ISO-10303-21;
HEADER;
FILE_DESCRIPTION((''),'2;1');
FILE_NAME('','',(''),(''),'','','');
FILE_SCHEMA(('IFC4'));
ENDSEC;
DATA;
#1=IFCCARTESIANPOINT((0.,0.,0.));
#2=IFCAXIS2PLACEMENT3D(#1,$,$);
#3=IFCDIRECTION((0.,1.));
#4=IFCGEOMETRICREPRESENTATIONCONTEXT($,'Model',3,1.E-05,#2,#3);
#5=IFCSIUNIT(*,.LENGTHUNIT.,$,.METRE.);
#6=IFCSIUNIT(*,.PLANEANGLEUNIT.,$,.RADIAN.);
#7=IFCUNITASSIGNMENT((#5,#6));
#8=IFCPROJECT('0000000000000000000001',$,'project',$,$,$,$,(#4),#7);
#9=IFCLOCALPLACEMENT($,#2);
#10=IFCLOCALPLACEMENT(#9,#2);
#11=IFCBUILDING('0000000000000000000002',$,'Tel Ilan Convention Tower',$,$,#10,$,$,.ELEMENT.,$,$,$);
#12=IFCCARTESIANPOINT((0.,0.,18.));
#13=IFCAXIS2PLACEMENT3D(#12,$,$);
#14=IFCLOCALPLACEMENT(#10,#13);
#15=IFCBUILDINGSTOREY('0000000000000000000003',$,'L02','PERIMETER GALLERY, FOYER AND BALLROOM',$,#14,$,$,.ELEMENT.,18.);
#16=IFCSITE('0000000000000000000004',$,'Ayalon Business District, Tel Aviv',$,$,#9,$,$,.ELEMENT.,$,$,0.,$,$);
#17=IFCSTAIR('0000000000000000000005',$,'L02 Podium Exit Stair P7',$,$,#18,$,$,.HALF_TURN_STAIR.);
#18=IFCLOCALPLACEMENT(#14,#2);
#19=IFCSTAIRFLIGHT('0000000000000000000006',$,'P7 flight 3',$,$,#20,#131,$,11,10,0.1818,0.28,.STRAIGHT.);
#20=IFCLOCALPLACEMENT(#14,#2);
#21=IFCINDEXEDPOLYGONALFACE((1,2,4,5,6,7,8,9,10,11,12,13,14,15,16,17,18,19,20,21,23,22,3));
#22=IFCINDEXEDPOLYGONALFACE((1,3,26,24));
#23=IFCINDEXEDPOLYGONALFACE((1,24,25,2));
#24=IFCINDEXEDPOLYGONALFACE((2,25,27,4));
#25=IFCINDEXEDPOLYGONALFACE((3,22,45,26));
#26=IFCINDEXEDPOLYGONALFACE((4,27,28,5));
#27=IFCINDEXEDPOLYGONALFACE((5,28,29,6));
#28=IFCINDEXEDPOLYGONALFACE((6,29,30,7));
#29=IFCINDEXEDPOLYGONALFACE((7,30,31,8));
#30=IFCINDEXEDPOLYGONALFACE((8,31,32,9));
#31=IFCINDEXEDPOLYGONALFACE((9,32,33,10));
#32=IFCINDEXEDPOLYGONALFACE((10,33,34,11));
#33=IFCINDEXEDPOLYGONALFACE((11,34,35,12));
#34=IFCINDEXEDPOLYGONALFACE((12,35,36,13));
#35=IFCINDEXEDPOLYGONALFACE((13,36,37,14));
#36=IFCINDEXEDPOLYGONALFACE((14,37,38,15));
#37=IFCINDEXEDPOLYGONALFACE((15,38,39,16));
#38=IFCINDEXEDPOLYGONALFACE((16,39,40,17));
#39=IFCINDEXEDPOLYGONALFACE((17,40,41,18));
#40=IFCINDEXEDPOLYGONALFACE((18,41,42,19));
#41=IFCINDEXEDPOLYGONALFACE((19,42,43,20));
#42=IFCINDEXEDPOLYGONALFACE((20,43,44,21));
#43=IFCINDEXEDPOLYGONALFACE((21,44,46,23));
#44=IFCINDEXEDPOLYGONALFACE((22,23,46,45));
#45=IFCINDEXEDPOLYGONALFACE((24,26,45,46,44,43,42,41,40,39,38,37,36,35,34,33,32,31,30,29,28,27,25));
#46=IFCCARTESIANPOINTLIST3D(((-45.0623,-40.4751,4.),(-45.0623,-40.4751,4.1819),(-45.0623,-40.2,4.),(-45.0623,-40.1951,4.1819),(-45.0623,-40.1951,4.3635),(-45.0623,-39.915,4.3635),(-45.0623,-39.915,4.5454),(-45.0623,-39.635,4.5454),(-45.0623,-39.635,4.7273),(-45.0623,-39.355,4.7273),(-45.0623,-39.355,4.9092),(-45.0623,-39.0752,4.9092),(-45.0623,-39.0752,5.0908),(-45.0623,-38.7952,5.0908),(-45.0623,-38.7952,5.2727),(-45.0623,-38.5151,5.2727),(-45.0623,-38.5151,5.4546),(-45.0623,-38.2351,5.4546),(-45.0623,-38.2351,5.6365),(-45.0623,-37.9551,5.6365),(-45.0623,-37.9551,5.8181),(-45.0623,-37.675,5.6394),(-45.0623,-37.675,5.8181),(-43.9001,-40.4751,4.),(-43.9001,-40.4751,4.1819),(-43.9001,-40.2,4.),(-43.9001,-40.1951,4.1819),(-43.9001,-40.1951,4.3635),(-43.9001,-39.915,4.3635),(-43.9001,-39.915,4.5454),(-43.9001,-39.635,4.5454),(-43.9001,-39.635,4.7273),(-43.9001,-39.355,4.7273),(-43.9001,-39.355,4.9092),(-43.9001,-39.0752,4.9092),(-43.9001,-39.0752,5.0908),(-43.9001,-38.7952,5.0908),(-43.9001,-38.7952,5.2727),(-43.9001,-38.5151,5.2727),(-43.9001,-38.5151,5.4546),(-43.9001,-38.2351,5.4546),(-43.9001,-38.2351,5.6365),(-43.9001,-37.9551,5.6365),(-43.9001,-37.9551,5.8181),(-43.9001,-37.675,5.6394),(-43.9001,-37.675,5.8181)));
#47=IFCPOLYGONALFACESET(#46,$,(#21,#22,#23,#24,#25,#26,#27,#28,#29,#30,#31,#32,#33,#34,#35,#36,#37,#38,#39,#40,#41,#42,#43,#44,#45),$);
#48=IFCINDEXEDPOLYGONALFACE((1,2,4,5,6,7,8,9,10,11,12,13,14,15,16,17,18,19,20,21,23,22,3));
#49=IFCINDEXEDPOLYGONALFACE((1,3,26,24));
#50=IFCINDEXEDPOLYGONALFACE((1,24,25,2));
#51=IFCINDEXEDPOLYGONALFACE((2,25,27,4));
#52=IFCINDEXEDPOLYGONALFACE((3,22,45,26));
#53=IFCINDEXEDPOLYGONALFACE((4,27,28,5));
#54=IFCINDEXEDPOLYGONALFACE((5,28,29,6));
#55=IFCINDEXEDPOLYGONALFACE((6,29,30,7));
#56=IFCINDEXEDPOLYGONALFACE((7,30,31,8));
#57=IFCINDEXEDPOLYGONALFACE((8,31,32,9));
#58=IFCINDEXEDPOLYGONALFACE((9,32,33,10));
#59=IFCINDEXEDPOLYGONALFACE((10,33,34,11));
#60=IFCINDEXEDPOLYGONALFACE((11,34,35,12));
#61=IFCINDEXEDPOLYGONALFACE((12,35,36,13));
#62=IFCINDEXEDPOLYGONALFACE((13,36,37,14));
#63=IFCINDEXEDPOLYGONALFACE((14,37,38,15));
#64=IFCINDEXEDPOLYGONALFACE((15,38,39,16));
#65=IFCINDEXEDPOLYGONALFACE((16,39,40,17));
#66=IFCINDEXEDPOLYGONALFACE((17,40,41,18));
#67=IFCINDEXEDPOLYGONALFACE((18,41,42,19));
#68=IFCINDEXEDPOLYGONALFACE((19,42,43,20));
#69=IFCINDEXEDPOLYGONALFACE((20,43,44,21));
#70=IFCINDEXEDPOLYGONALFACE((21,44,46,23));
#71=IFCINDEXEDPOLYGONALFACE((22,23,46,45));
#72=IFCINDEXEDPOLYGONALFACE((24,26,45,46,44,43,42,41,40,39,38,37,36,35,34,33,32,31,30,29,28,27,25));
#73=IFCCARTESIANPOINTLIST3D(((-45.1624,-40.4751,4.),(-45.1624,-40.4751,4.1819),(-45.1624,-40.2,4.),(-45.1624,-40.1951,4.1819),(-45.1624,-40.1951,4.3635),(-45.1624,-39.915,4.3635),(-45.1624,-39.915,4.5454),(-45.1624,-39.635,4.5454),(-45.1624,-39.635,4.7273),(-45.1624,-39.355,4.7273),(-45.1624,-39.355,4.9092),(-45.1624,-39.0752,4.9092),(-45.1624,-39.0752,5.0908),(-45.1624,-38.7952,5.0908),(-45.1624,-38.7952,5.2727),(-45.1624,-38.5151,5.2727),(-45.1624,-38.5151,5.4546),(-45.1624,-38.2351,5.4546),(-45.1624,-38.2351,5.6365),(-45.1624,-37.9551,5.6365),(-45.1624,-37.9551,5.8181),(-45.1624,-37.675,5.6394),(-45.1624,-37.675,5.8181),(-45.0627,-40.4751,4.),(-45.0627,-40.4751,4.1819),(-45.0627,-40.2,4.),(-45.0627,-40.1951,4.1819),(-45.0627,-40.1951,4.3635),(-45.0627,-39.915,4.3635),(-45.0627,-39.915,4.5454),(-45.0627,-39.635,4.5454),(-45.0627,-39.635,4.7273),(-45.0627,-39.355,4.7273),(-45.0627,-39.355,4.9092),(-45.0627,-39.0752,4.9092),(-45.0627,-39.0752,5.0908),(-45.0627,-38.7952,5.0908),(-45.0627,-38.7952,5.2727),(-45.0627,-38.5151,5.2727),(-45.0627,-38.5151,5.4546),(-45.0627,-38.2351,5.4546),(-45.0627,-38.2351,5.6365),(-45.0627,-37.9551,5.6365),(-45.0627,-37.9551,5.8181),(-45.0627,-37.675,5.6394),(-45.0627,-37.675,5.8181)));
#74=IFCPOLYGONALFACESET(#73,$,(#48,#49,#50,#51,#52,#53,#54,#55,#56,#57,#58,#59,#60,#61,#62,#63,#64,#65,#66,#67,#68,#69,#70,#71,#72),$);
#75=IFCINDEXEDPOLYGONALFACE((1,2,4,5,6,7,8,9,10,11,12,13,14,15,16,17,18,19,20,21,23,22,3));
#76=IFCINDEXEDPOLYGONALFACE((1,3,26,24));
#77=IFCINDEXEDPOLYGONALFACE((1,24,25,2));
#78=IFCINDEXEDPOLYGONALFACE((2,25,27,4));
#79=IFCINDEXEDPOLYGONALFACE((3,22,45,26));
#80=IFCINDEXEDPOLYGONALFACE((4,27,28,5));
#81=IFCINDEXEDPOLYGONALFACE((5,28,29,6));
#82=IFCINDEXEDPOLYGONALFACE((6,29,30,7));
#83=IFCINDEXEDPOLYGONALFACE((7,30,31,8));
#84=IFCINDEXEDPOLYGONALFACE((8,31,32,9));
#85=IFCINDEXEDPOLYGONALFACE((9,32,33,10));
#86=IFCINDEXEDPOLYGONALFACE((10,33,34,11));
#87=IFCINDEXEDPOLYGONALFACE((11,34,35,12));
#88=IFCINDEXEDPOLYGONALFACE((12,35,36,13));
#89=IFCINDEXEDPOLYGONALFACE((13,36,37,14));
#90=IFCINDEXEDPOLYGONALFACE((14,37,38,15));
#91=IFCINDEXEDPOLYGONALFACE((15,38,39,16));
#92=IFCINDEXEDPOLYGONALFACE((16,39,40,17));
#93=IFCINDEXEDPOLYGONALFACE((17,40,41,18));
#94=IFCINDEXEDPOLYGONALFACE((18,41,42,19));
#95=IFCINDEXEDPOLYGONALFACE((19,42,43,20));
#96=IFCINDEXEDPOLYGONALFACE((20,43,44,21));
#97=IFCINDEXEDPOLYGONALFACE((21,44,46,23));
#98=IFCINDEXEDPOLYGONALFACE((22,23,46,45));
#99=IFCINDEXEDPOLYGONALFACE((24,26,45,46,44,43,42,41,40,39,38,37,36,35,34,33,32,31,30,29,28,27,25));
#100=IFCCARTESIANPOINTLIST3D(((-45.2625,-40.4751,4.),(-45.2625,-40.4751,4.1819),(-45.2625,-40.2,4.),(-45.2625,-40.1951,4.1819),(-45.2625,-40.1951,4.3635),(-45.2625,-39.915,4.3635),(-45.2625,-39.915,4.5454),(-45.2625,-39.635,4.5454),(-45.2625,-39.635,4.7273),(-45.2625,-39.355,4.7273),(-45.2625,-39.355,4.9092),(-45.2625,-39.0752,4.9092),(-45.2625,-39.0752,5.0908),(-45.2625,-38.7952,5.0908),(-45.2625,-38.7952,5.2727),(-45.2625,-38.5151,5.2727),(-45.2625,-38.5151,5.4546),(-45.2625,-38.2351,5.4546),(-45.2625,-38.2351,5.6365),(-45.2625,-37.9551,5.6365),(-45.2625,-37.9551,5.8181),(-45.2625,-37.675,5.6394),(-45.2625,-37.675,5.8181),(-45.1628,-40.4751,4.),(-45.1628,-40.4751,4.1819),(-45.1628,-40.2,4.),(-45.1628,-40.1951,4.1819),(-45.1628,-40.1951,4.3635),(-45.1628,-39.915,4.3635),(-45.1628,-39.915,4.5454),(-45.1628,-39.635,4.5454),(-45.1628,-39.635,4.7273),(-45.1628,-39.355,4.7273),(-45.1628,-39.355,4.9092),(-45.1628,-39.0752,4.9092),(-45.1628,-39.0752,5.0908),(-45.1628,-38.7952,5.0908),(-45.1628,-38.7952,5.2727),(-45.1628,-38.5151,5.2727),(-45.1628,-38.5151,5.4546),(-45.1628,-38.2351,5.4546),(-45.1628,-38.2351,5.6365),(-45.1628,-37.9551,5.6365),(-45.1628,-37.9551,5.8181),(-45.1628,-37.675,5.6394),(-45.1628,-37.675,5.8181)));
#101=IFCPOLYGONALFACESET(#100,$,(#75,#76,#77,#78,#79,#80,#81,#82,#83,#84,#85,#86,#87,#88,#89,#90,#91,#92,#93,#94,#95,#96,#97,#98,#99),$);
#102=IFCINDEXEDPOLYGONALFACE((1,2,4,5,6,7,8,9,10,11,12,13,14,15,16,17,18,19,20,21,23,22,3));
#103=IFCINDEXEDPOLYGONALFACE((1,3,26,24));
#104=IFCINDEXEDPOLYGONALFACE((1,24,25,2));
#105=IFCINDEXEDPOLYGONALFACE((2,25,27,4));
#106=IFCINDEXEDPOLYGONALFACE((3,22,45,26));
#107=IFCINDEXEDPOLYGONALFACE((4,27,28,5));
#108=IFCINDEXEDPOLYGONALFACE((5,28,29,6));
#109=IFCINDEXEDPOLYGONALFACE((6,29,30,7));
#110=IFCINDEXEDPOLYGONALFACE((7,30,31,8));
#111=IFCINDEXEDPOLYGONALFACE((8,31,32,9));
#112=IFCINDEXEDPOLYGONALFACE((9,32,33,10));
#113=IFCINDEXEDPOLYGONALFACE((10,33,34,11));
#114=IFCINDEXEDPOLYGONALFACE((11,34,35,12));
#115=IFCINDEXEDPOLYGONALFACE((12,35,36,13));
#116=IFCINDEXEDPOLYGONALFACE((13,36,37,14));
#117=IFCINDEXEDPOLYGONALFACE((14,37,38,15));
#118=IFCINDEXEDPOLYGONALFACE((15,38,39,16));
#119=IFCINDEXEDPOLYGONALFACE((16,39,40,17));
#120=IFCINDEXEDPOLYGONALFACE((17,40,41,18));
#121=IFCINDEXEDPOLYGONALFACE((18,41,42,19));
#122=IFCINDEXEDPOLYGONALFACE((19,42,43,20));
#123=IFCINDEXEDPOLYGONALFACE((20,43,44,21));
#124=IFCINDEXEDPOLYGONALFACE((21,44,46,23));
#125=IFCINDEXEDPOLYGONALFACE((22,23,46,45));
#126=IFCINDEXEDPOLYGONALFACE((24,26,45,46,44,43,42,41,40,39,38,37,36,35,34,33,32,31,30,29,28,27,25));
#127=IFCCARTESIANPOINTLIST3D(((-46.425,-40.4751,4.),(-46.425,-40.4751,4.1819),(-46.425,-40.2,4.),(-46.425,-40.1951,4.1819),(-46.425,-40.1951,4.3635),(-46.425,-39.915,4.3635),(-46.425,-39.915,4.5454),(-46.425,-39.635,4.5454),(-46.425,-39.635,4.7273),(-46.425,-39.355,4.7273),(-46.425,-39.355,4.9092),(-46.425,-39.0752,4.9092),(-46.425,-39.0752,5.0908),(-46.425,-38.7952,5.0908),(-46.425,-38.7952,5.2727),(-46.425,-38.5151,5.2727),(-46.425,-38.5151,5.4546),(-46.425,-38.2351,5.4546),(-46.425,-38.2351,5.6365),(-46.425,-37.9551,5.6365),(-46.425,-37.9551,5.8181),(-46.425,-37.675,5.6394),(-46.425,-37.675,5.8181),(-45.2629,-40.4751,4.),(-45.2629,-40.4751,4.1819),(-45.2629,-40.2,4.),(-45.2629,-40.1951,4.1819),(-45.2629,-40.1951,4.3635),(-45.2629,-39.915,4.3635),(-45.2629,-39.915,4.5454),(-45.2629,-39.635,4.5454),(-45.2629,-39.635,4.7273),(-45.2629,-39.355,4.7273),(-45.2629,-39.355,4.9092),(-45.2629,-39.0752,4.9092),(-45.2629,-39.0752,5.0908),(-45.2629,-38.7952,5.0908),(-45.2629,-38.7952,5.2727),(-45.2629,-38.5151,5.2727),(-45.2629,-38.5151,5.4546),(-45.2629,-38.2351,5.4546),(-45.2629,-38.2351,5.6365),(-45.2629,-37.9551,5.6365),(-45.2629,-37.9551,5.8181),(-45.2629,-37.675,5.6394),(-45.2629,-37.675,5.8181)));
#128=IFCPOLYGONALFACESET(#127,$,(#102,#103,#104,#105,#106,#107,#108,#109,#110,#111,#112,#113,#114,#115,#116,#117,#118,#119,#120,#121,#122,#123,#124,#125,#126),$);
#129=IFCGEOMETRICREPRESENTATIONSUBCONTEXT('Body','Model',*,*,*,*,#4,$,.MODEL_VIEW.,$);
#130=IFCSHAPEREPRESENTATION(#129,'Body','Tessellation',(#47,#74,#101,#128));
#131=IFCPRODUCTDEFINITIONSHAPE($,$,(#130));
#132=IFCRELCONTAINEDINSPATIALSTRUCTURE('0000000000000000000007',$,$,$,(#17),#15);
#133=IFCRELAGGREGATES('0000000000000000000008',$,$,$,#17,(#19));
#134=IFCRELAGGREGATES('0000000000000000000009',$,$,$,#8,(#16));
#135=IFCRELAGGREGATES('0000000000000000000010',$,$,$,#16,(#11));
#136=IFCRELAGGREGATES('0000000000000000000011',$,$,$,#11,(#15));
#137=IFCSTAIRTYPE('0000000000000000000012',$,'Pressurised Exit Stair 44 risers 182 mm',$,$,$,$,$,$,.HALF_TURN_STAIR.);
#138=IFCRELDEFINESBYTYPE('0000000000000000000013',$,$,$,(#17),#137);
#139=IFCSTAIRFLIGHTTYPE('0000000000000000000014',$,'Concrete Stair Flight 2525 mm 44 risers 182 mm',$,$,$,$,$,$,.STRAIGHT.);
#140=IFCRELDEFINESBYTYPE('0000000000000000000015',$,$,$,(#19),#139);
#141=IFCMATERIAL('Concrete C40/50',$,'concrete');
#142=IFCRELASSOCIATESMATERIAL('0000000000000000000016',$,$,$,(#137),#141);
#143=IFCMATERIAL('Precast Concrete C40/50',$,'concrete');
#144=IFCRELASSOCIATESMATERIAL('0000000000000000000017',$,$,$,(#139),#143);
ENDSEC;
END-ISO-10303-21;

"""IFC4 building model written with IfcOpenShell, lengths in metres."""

from ifc_helpers import new_model, si_unit, direction, frame, origin, place, context, subcontext, project, spatial, polyline, outline, extrude, material, type_object, element, aggregate, save


model = new_model("IFC4")

# Units and contexts
model_context = context("Model", 3, precision=1e-05, world=origin(), true_north=direction((0.0, 1.0)))
body_context = subcontext(model_context, "Body", "Model", "MODEL_VIEW")
ifc_project = project(units=[si_unit("LENGTHUNIT", "METRE"), si_unit("PLANEANGLEUNIT", "RADIAN")], contexts=[model_context])

# Site, building, storey
site_placement = place(None, origin())
site = spatial("IfcSite", under=ifc_project, at=site_placement, Name="Ayalon Business District, Tel Aviv", CompositionType="ELEMENT", RefElevation=0.0)
building_placement = place(site_placement, origin())
building = spatial("IfcBuilding", under=site, at=building_placement, Name="Tel Ilan Convention Tower", CompositionType="ELEMENT")
storey_placement = place(building_placement, frame((0.0, 0.0, 18.0)))
storey = spatial("IfcBuildingStorey", under=building, at=storey_placement, Name="L02", Description="PERIMETER GALLERY, FOYER AND BALLROOM", CompositionType="ELEMENT", Elevation=18.0)

# Stair, stair flight
ifc_material_1 = material(Name="Concrete C40/50", Category="concrete")
stair_type = type_object("IfcStairType", Name="Pressurised Exit Stair 44 risers 182 mm", PredefinedType="HALF_TURN_STAIR", material=ifc_material_1)
stair_placement = place(storey_placement, origin())
stair = element("IfcStair", 1, at=stair_placement, inside=storey, type_object=stair_type, Name="L02 Podium Exit Stair P7", PredefinedType="HALF_TURN_STAIR")
ifc_material_2 = material(Name="Precast Concrete C40/50", Category="concrete")
stair_flight_type = type_object("IfcStairFlightType", Name="Concrete Stair Flight 2525 mm 44 risers 182 mm", PredefinedType="STRAIGHT", material=ifc_material_2)
stair_flight_1_placement = place(storey_placement, frame((-45.1626, -40.4751, 4.0), z_axis=(0.0, 0.0, 1.0), x_axis=(0.0, 1.0, 0.0)))
stair_flight_1 = element("IfcStairFlight", 2, at=stair_flight_1_placement, type_object=stair_flight_type, Name="P7 flight 3", NumberOfRisers=11, NumberOfTreads=10, PredefinedType="STRAIGHT", RiserHeight=0.1818, TreadLength=0.28, context=body_context, shape_type="SweptSolid", body=[
    extrude(outline(polyline([(0.0, 0.0), (0.0, 0.1819), (0.28, 0.1819), (0.28, 0.3635), (0.5601, 0.3635), (0.5601, 0.5454), (0.8401, 0.5454), (0.8401, 0.7273), (1.1201, 0.7273), (1.1201, 0.9092), (1.3999, 0.9092), (1.3999, 1.0908), (1.6799, 1.0908), (1.6799, 1.2727), (1.96, 1.2727), (1.96, 1.4546), (2.24, 1.4546), (2.24, 1.6365), (2.52, 1.6365), (2.52, 1.8181), (2.8, 1.8181), (2.8, 2.0), (2.8, 1.6394), (0.2751, 0.0), (0.0, 0.0)])), frame((0.0, -0.1003, 0.0), z_axis=(0.0, -1.0, 0.0), x_axis=(1.0, 0.0, 0.0)), (0.0, 0.0, 1.0), 1.1621),
    extrude(outline(polyline([(0.0, 0.0), (0.0, 0.1819), (0.28, 0.1819), (0.28, 0.3635), (0.5601, 0.3635), (0.5601, 0.5454), (0.8401, 0.5454), (0.8401, 0.7273), (1.1201, 0.7273), (1.1201, 0.9092), (1.3999, 0.9092), (1.3999, 1.0908), (1.6799, 1.0908), (1.6799, 1.2727), (1.96, 1.2727), (1.96, 1.4546), (2.24, 1.4546), (2.24, 1.6365), (2.52, 1.6365), (2.52, 1.8181), (2.8, 1.8181), (2.8, 2.0), (2.8, 1.6394), (0.2751, 0.0), (0.0, 0.0)])), frame((0.0, -0.0002, 0.0), z_axis=(0.0, -1.0, 0.0), x_axis=(1.0, 0.0, 0.0)), (0.0, 0.0, 1.0), 0.0996),
    extrude(outline(polyline([(0.0, 0.0), (0.0, 0.1819), (0.28, 0.1819), (0.28, 0.3635), (0.5601, 0.3635), (0.5601, 0.5454), (0.8401, 0.5454), (0.8401, 0.7273), (1.1201, 0.7273), (1.1201, 0.9092), (1.3999, 0.9092), (1.3999, 1.0908), (1.6799, 1.0908), (1.6799, 1.2727), (1.96, 1.2727), (1.96, 1.4546), (2.24, 1.4546), (2.24, 1.6365), (2.52, 1.6365), (2.52, 1.8181), (2.8, 1.8181), (2.8, 2.0), (2.8, 1.6394), (0.2751, 0.0), (0.0, 0.0)])), frame((0.0, 0.0999, 0.0), z_axis=(0.0, -1.0, 0.0), x_axis=(1.0, 0.0, 0.0)), (0.0, 0.0, 1.0), 0.0996),
    extrude(outline(polyline([(0.0, 0.0), (0.0, 0.1819), (0.28, 0.1819), (0.28, 0.3635), (0.5601, 0.3635), (0.5601, 0.5454), (0.8401, 0.5454), (0.8401, 0.7273), (1.1201, 0.7273), (1.1201, 0.9092), (1.3999, 0.9092), (1.3999, 1.0908), (1.6799, 1.0908), (1.6799, 1.2727), (1.96, 1.2727), (1.96, 1.4546), (2.24, 1.4546), (2.24, 1.6365), (2.52, 1.6365), (2.52, 1.8181), (2.8, 1.8181), (2.8, 2.0), (2.8, 1.6394), (0.2751, 0.0), (0.0, 0.0)])), frame((0.0, 1.2625, 0.0), z_axis=(0.0, -1.0, 0.0), x_axis=(1.0, 0.0, 0.0)), (0.0, 0.0, 1.0), 1.1621),
])
aggregate(stair, [stair_flight_1])

save(model, "model.ifc")
